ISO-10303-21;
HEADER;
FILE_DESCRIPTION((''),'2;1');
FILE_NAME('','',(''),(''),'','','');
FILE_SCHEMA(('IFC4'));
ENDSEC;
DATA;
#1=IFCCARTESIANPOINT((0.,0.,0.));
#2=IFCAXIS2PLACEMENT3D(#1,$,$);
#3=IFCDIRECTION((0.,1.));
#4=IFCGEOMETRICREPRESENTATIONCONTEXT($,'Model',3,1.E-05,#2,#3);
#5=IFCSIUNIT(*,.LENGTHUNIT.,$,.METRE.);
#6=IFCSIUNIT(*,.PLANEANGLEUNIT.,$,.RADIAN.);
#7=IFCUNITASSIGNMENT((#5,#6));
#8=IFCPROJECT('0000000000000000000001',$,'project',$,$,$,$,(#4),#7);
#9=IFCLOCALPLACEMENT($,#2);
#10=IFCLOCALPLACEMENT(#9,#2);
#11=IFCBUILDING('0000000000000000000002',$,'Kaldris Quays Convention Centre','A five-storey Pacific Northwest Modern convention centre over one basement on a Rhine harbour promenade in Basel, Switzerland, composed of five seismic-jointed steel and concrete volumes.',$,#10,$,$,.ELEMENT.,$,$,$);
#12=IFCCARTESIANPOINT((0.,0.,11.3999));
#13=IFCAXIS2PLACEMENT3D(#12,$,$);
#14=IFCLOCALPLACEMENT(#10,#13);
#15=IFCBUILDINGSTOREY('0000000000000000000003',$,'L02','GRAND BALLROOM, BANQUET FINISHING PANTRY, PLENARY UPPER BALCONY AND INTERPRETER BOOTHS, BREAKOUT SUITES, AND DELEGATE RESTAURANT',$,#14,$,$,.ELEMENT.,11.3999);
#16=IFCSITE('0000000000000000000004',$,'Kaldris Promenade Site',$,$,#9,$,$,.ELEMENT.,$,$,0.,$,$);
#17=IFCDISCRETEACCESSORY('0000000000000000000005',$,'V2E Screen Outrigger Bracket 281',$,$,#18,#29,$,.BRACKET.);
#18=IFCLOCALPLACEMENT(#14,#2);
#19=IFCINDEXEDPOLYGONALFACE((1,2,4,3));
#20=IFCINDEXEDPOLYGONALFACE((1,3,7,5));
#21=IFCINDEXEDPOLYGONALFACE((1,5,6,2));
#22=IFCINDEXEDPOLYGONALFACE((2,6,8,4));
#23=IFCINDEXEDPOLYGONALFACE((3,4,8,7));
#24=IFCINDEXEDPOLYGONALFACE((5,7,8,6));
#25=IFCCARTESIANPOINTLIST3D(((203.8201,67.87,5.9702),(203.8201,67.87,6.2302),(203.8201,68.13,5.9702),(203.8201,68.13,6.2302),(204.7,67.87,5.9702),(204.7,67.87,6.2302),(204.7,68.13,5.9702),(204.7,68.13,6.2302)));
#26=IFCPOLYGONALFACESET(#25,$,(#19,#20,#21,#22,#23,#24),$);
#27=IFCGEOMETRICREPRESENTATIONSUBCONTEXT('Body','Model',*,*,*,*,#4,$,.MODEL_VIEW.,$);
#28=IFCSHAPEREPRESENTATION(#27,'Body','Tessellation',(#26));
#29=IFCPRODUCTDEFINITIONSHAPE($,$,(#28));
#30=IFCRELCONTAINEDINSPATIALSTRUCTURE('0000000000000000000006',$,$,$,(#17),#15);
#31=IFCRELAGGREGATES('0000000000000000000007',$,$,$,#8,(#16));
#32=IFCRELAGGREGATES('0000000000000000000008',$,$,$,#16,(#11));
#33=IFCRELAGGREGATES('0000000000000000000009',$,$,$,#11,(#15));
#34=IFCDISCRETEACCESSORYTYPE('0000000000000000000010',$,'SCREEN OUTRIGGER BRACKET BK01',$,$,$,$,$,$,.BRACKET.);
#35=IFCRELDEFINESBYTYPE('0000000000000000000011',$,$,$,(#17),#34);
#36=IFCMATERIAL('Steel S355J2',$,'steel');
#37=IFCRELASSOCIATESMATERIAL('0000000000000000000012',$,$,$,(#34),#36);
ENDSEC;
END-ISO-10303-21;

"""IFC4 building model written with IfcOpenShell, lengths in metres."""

from ifc_helpers import new_model, si_unit, direction, frame, origin, origin_2d, place, context, subcontext, project, spatial, rectangle, extrude, material, type_object, element, save


model = new_model("IFC4")

# Units and contexts
model_context = context("Model", 3, precision=1e-05, world=origin(), true_north=direction((0.0, 1.0)))
body_context = subcontext(model_context, "Body", "Model", "MODEL_VIEW")
ifc_project = project(units=[si_unit("LENGTHUNIT", "METRE"), si_unit("PLANEANGLEUNIT", "RADIAN")], contexts=[model_context])

# Site, building, storey
site_placement = place(None, origin())
site = spatial("IfcSite", under=ifc_project, at=site_placement, Name="Kaldris Promenade Site", CompositionType="ELEMENT", RefElevation=0.0)
building_placement = place(site_placement, origin())
building = spatial("IfcBuilding", under=site, at=building_placement, Name="Kaldris Quays Convention Centre", Description="A five-storey Pacific Northwest Modern convention centre over one basement on a Rhine harbour promenade in Basel, Switzerland, composed of five seismic-jointed steel and concrete volumes.", CompositionType="ELEMENT")
storey_placement = place(building_placement, frame((0.0, 0.0, 11.3999)))
storey = spatial("IfcBuildingStorey", under=building, at=storey_placement, Name="L02", Description="GRAND BALLROOM, BANQUET FINISHING PANTRY, PLENARY UPPER BALCONY AND INTERPRETER BOOTHS, BREAKOUT SUITES, AND DELEGATE RESTAURANT", CompositionType="ELEMENT", Elevation=11.3999)

# Discrete accessory
ifc_material_1 = material(Name="Steel S355J2", Category="steel")
discrete_accessory_type = type_object("IfcDiscreteAccessoryType", Name="SCREEN OUTRIGGER BRACKET BK01", PredefinedType="BRACKET", material=ifc_material_1)
for number, where, z_axis, x_axis, name in (
    (1, (204.26, 68.0, 5.9702), (0.0, 0.0, 1.0), (0.0, 1.0, 0.0), "V2E Screen Outrigger Bracket 281"),
):
    element("IfcDiscreteAccessory", number, at=place(storey_placement, frame(where, z_axis=z_axis, x_axis=x_axis)), inside=storey, type_object=discrete_accessory_type, Name=name, PredefinedType="BRACKET", context=body_context, shape_type="SweptSolid", body=[
        extrude(rectangle(XDim=0.26, YDim=0.8799, at=origin_2d()), origin(), (0.0, 0.0, 1.0), 0.26),
    ])

save(model, "model.ifc")
